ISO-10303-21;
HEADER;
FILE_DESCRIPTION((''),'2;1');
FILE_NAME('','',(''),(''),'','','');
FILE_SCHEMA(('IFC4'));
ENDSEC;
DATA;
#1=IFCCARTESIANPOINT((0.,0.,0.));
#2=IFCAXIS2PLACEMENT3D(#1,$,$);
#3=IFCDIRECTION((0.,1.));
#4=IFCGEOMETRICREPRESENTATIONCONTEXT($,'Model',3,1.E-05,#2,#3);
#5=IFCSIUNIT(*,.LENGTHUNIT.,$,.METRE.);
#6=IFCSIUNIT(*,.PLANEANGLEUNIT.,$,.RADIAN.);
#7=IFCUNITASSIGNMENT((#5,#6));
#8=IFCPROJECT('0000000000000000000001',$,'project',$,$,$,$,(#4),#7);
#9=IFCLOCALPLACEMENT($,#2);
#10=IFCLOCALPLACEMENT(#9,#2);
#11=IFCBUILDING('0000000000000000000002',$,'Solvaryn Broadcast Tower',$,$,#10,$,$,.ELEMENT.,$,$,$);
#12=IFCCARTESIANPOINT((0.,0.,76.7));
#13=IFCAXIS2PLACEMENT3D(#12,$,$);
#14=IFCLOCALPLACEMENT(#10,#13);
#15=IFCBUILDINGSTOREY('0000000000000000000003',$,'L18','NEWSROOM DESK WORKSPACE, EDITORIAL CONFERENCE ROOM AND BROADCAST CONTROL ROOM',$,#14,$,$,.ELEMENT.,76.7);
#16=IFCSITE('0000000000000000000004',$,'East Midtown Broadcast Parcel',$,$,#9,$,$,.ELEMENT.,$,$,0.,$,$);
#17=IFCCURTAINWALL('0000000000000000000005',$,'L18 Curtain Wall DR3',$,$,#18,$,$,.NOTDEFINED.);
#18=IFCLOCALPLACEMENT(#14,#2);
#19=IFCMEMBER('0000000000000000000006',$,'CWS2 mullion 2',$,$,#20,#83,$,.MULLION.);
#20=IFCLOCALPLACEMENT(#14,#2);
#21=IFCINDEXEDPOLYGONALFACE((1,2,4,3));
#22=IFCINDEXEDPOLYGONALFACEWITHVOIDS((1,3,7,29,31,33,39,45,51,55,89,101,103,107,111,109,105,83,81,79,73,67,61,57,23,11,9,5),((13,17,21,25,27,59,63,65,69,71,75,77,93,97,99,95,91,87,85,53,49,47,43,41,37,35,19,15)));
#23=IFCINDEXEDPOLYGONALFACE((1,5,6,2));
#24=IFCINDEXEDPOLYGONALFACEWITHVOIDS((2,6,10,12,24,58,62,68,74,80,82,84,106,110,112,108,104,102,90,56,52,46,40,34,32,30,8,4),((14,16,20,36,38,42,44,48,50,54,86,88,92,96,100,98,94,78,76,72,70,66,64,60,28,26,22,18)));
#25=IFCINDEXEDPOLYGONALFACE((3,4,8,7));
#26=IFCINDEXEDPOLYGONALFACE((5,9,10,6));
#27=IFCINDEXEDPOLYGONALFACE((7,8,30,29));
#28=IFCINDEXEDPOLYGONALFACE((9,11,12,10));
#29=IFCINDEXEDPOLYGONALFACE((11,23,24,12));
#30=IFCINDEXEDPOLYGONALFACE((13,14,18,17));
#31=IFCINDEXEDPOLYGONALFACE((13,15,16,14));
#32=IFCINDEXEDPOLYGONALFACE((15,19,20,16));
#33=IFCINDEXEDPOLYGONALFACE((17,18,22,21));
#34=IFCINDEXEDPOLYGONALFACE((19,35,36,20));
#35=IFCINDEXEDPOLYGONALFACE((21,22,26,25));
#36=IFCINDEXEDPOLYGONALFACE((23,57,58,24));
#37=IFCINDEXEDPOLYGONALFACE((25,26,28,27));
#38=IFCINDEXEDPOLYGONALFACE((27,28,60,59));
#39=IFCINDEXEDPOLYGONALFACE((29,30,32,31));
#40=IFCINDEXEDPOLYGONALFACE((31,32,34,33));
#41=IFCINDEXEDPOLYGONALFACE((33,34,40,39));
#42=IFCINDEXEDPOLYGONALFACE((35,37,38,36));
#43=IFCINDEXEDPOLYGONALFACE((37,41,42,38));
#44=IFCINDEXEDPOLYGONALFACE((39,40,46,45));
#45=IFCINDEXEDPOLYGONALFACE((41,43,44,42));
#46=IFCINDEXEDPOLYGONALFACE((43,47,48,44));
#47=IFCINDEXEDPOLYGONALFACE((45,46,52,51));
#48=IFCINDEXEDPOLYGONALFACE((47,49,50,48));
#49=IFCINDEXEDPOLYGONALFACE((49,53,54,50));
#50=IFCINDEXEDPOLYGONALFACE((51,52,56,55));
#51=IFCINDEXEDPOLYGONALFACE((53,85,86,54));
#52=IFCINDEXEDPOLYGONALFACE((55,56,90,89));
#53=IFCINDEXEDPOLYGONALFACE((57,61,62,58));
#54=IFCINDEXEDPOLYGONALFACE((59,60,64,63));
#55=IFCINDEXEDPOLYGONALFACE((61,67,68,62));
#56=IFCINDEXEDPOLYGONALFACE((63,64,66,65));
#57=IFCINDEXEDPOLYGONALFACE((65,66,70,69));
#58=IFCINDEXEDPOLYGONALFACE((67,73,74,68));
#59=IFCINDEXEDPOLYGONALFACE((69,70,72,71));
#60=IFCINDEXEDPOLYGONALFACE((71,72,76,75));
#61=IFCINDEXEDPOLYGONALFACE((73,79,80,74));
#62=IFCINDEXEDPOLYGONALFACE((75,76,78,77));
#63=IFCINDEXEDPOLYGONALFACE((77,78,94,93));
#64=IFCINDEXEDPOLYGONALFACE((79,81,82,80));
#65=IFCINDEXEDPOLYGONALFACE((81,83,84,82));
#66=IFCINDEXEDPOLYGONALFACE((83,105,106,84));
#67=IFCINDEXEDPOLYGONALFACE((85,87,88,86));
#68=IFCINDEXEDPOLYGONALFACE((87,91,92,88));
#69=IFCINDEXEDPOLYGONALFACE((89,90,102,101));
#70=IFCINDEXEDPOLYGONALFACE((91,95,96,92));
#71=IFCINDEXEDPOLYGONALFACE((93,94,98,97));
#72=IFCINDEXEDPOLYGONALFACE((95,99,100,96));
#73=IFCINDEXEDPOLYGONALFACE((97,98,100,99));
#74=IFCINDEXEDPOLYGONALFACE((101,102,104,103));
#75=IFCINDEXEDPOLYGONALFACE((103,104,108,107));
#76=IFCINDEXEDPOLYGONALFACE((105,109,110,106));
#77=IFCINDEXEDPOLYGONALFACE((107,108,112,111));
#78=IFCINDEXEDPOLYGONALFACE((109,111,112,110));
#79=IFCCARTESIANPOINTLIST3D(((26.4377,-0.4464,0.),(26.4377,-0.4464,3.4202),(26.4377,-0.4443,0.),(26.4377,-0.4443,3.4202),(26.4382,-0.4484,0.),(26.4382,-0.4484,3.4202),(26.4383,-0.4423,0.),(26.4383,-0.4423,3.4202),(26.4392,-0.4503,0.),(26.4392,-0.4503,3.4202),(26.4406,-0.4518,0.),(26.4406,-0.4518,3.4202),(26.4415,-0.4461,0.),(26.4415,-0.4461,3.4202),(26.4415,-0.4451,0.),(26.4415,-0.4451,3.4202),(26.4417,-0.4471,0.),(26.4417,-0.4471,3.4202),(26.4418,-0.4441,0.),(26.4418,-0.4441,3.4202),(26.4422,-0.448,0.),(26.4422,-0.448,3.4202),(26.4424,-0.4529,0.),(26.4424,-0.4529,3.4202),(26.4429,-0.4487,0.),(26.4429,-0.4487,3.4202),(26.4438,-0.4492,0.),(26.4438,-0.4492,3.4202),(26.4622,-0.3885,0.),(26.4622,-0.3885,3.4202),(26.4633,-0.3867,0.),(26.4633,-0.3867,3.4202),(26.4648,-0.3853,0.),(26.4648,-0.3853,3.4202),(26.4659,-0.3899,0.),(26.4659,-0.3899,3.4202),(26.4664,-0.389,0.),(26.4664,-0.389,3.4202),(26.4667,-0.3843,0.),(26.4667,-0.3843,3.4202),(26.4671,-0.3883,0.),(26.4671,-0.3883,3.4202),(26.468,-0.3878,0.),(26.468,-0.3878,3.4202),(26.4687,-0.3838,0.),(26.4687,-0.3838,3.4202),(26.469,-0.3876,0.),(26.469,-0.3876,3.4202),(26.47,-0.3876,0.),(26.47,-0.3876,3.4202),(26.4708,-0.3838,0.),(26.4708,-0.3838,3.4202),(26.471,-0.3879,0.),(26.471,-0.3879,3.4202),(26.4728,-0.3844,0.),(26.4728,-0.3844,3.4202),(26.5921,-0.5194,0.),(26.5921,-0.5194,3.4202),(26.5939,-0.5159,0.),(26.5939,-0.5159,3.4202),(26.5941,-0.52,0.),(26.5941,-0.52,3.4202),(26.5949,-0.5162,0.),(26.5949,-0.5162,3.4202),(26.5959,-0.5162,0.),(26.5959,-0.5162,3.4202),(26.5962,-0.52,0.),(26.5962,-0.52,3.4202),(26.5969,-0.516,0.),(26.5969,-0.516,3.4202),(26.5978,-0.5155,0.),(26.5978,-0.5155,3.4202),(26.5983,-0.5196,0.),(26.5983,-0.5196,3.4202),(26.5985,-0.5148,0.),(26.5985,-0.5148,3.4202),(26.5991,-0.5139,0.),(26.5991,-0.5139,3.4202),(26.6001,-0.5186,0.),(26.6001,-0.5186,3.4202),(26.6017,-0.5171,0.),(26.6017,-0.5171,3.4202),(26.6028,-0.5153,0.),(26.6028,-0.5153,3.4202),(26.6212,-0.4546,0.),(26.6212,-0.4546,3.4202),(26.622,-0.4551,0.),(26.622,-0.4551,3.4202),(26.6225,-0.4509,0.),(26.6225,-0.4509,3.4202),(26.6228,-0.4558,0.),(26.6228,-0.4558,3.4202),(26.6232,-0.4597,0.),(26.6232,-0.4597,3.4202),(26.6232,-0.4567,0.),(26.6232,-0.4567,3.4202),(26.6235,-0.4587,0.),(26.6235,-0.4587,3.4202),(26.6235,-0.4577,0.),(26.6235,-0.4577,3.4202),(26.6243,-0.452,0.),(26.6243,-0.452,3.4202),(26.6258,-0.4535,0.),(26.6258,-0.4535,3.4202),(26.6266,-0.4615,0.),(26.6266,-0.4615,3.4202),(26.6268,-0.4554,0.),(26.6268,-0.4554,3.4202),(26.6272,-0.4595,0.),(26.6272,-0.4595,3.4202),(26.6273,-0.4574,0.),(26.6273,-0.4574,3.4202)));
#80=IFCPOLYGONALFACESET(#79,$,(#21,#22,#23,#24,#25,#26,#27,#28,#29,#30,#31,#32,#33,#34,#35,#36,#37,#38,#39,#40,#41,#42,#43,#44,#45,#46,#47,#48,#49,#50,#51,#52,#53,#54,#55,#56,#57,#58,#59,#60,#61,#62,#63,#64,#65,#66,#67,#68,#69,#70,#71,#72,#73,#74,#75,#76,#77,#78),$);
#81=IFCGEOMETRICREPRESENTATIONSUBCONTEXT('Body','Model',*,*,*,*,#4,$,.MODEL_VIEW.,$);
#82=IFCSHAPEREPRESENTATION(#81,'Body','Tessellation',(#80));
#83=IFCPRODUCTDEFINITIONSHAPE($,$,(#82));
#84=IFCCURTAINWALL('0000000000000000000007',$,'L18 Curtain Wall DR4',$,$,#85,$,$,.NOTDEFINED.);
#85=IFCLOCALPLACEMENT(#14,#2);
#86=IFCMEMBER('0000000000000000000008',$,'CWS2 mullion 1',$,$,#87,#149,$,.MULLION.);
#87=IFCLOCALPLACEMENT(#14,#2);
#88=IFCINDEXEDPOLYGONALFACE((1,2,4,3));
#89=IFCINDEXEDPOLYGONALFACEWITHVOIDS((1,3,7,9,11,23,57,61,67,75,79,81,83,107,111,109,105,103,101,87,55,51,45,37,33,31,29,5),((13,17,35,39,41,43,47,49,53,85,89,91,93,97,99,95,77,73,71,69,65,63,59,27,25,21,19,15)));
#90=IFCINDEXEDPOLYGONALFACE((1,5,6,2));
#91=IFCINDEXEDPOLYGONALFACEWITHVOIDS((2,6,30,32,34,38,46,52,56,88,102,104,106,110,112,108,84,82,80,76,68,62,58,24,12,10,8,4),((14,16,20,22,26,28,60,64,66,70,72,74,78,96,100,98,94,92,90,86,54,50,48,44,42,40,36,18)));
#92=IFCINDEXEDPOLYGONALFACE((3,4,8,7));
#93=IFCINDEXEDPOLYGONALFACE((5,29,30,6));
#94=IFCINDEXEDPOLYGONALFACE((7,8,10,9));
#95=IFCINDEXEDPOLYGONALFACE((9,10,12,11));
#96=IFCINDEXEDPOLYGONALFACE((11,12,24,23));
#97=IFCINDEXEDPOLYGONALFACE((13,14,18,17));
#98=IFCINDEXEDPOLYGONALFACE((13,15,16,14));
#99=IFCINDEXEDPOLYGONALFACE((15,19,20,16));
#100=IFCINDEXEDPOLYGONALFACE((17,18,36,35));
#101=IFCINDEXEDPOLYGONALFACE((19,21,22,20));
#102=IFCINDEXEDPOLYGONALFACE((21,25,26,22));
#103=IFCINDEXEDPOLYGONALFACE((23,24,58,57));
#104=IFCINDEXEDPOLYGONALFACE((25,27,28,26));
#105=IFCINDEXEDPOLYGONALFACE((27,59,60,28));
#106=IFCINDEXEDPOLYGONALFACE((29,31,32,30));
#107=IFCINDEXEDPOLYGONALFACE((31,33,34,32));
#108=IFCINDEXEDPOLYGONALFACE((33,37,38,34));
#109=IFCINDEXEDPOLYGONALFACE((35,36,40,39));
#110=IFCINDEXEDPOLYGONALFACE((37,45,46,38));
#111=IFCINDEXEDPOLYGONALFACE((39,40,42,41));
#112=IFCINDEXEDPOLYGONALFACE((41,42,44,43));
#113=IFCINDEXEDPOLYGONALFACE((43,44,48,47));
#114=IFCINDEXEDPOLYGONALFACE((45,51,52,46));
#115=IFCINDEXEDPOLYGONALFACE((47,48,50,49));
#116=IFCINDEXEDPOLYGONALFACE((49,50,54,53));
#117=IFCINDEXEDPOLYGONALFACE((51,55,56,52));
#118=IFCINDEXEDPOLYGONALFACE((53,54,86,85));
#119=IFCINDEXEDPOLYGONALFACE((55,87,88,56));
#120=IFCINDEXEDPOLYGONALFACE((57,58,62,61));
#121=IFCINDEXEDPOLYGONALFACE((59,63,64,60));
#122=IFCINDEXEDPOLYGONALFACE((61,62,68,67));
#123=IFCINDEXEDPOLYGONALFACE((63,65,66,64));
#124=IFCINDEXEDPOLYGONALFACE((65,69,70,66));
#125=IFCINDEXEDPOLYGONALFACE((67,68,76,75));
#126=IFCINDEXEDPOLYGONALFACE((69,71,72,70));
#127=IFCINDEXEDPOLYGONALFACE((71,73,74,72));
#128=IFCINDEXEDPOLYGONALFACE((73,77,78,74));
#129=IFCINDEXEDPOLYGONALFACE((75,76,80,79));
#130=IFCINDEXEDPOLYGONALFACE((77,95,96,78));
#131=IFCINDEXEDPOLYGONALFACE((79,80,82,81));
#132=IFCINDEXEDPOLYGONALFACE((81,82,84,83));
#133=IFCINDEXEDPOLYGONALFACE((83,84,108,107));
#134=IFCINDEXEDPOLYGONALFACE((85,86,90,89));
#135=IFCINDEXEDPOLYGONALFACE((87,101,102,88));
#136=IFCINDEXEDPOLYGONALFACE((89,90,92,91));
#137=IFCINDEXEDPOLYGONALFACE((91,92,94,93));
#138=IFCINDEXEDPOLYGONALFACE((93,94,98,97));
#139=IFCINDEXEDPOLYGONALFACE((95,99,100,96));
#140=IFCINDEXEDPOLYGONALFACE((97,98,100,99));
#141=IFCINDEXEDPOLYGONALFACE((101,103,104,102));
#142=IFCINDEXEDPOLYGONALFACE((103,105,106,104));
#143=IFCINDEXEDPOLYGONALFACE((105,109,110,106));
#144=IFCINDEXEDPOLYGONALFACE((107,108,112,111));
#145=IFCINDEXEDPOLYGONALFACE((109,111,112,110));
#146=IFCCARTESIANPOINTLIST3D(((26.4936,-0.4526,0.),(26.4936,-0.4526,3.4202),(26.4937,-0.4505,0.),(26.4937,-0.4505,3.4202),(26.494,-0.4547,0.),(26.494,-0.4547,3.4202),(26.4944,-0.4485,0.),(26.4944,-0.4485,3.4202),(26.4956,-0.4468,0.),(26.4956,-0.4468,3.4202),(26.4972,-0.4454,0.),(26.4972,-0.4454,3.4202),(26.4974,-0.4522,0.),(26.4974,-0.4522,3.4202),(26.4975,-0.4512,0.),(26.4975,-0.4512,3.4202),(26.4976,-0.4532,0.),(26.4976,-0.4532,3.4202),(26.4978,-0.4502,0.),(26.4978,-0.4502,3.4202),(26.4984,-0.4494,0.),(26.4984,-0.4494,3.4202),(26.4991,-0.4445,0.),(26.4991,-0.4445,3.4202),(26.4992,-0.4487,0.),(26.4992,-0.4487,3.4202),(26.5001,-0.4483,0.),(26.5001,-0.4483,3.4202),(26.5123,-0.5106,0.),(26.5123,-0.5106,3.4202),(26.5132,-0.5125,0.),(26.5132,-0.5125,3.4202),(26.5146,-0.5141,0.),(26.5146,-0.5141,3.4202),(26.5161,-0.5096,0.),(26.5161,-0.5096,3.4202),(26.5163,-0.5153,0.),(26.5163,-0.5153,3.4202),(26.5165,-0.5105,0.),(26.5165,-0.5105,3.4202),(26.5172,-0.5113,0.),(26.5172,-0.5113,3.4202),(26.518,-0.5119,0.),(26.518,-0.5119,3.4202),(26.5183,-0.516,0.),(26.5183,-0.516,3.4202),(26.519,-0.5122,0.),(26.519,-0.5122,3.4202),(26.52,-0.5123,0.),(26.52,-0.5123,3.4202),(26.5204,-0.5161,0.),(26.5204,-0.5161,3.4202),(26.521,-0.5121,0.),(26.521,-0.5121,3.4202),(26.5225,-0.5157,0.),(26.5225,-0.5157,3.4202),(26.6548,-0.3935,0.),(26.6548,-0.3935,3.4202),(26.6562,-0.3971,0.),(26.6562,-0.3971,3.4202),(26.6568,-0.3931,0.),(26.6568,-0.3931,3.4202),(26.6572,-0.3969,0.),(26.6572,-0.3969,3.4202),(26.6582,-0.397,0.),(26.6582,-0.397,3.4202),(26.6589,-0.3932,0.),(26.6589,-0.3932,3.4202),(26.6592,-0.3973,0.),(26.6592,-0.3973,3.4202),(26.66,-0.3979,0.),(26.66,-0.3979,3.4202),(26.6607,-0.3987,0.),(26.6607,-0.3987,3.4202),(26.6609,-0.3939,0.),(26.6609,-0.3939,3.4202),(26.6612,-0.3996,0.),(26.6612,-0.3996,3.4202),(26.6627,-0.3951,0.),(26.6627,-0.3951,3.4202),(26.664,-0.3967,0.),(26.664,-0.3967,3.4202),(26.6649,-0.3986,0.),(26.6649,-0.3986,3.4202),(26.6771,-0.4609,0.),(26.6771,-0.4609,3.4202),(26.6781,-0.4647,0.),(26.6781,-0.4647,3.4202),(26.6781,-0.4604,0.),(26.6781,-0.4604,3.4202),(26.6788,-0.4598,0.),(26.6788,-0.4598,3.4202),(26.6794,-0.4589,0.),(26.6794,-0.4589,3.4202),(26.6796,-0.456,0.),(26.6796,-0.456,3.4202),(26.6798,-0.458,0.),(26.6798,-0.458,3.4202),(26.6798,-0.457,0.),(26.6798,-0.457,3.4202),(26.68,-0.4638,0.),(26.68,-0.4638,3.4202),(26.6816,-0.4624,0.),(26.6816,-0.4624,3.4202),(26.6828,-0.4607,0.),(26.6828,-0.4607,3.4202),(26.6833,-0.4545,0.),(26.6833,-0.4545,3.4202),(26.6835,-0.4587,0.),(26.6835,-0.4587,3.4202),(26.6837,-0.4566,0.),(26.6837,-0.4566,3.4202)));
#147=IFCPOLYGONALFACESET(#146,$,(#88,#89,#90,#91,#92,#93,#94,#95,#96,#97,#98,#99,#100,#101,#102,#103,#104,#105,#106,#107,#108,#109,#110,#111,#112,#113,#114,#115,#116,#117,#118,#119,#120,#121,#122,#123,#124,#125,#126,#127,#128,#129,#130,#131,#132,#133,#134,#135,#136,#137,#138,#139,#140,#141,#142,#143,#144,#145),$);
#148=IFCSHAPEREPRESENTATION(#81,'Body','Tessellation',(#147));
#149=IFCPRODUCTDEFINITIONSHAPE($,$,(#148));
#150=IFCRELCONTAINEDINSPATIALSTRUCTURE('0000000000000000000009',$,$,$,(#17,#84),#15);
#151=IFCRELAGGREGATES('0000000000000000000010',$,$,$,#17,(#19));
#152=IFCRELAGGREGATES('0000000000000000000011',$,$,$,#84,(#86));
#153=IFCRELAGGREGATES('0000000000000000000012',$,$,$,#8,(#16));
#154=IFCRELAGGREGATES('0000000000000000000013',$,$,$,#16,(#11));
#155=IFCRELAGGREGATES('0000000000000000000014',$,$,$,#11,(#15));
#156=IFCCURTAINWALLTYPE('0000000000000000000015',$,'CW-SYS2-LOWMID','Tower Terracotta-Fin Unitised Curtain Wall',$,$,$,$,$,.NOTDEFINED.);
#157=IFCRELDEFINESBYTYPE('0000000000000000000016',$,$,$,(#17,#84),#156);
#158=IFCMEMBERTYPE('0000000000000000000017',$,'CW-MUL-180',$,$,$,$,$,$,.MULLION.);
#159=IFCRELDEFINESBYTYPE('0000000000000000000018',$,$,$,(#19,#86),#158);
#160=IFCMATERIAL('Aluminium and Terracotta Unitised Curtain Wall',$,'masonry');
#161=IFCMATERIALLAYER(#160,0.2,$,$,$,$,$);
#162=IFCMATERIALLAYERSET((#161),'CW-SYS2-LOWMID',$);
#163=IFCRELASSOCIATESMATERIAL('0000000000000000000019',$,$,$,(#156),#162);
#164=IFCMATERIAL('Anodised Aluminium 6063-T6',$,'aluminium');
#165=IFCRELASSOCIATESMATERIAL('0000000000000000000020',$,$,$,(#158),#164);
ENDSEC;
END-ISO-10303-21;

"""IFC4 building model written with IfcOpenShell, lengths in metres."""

from ifc_helpers import new_model, si_unit, direction, frame, origin, origin_2d, place, context, subcontext, project, spatial, hollow_rectangle, extrude, material, layer, layer_set, material_profile, profile_set, type_object, element, aggregate, save


model = new_model("IFC4")

# Units and contexts
model_context = context("Model", 3, precision=1e-05, world=origin(), true_north=direction((0.0, 1.0)))
body_context = subcontext(model_context, "Body", "Model", "MODEL_VIEW")
ifc_project = project(units=[si_unit("LENGTHUNIT", "METRE"), si_unit("PLANEANGLEUNIT", "RADIAN")], contexts=[model_context])

# Site, building, storey
site_placement = place(None, origin())
site = spatial("IfcSite", under=ifc_project, at=site_placement, Name="East Midtown Broadcast Parcel", CompositionType="ELEMENT", RefElevation=0.0)
building_placement = place(site_placement, origin())
building = spatial("IfcBuilding", under=site, at=building_placement, Name="Solvaryn Broadcast Tower", CompositionType="ELEMENT")
storey_placement = place(building_placement, frame((0.0, 0.0, 76.7)))
storey = spatial("IfcBuildingStorey", under=building, at=storey_placement, Name="L18", Description="NEWSROOM DESK WORKSPACE, EDITORIAL CONFERENCE ROOM AND BROADCAST CONTROL ROOM", CompositionType="ELEMENT", Elevation=76.7)

# Curtain wall, member
ifc_material_1 = material(Name="Aluminium and Terracotta Unitised Curtain Wall", Category="masonry")
ifc_layer_1 = layer(ifc_material_1, 0.2)
ifc_layer_set_1 = layer_set([ifc_layer_1], Name="CW-SYS2-LOWMID")
curtain_wall_type = type_object("IfcCurtainWallType", Name="CW-SYS2-LOWMID", Description="Tower Terracotta-Fin Unitised Curtain Wall", PredefinedType="NOTDEFINED", material=ifc_layer_set_1)
curtain_wall_1_placement = place(storey_placement, origin())
curtain_wall_1 = element("IfcCurtainWall", 1, at=curtain_wall_1_placement, inside=storey, type_object=curtain_wall_type, Name="L18 Curtain Wall DR3", PredefinedType="NOTDEFINED")
ifc_material_2 = material(Name="Anodised Aluminium 6063-T6", Category="aluminium")
ifc_material_profile_1 = material_profile(ifc_material_2, hollow_rectangle(XDim=0.075, YDim=0.1799, WallThickness=0.0039, InnerFilletRadius=0.0039, OuterFilletRadius=0.0081, at=origin_2d()))
ifc_profile_set_1 = profile_set([ifc_material_profile_1], Name="Anodised Aluminium 6063-T6")
member_type_1 = type_object("IfcMemberType", Name="CW-MUL-180", PredefinedType="MULLION", material=ifc_profile_set_1)
member_1_placement = place(storey_placement, frame((26.5325, -0.4519, 0.0), z_axis=(0.0, 0.0, 1.0), x_axis=(0.405898, 0.913918, 0.0)))
member_1 = element("IfcMember", 2, at=member_1_placement, type_object=member_type_1, Name="CWS2 mullion 2", PredefinedType="MULLION", context=body_context, shape_type="SweptSolid", body=[
    extrude(hollow_rectangle(XDim=0.075, YDim=0.1799, WallThickness=0.0039, InnerFilletRadius=0.0039, OuterFilletRadius=0.0081, at=origin_2d()), origin(), (0.0, 0.0, 1.0), 3.4202),
])
aggregate(curtain_wall_1, [member_1])

# Curtain wall, member
curtain_wall_2_placement = place(storey_placement, origin())
curtain_wall_2 = element("IfcCurtainWall", 3, at=curtain_wall_2_placement, inside=storey, type_object=curtain_wall_type, Name="L18 Curtain Wall DR4", PredefinedType="NOTDEFINED")
member_2_placement = place(storey_placement, frame((26.5886, -0.4546, 0.0), z_axis=(0.0, 0.0, 1.0), x_axis=(-0.311594, 0.950215, 0.0)))
member_2 = element("IfcMember", 4, at=member_2_placement, type_object=member_type_1, Name="CWS2 mullion 1", PredefinedType="MULLION", context=body_context, shape_type="SweptSolid", body=[
    extrude(hollow_rectangle(XDim=0.075, YDim=0.1799, WallThickness=0.0039, InnerFilletRadius=0.0039, OuterFilletRadius=0.0081, at=origin_2d()), origin(), (0.0, 0.0, 1.0), 3.4202),
])
aggregate(curtain_wall_2, [member_2])

save(model, "model.ifc")
